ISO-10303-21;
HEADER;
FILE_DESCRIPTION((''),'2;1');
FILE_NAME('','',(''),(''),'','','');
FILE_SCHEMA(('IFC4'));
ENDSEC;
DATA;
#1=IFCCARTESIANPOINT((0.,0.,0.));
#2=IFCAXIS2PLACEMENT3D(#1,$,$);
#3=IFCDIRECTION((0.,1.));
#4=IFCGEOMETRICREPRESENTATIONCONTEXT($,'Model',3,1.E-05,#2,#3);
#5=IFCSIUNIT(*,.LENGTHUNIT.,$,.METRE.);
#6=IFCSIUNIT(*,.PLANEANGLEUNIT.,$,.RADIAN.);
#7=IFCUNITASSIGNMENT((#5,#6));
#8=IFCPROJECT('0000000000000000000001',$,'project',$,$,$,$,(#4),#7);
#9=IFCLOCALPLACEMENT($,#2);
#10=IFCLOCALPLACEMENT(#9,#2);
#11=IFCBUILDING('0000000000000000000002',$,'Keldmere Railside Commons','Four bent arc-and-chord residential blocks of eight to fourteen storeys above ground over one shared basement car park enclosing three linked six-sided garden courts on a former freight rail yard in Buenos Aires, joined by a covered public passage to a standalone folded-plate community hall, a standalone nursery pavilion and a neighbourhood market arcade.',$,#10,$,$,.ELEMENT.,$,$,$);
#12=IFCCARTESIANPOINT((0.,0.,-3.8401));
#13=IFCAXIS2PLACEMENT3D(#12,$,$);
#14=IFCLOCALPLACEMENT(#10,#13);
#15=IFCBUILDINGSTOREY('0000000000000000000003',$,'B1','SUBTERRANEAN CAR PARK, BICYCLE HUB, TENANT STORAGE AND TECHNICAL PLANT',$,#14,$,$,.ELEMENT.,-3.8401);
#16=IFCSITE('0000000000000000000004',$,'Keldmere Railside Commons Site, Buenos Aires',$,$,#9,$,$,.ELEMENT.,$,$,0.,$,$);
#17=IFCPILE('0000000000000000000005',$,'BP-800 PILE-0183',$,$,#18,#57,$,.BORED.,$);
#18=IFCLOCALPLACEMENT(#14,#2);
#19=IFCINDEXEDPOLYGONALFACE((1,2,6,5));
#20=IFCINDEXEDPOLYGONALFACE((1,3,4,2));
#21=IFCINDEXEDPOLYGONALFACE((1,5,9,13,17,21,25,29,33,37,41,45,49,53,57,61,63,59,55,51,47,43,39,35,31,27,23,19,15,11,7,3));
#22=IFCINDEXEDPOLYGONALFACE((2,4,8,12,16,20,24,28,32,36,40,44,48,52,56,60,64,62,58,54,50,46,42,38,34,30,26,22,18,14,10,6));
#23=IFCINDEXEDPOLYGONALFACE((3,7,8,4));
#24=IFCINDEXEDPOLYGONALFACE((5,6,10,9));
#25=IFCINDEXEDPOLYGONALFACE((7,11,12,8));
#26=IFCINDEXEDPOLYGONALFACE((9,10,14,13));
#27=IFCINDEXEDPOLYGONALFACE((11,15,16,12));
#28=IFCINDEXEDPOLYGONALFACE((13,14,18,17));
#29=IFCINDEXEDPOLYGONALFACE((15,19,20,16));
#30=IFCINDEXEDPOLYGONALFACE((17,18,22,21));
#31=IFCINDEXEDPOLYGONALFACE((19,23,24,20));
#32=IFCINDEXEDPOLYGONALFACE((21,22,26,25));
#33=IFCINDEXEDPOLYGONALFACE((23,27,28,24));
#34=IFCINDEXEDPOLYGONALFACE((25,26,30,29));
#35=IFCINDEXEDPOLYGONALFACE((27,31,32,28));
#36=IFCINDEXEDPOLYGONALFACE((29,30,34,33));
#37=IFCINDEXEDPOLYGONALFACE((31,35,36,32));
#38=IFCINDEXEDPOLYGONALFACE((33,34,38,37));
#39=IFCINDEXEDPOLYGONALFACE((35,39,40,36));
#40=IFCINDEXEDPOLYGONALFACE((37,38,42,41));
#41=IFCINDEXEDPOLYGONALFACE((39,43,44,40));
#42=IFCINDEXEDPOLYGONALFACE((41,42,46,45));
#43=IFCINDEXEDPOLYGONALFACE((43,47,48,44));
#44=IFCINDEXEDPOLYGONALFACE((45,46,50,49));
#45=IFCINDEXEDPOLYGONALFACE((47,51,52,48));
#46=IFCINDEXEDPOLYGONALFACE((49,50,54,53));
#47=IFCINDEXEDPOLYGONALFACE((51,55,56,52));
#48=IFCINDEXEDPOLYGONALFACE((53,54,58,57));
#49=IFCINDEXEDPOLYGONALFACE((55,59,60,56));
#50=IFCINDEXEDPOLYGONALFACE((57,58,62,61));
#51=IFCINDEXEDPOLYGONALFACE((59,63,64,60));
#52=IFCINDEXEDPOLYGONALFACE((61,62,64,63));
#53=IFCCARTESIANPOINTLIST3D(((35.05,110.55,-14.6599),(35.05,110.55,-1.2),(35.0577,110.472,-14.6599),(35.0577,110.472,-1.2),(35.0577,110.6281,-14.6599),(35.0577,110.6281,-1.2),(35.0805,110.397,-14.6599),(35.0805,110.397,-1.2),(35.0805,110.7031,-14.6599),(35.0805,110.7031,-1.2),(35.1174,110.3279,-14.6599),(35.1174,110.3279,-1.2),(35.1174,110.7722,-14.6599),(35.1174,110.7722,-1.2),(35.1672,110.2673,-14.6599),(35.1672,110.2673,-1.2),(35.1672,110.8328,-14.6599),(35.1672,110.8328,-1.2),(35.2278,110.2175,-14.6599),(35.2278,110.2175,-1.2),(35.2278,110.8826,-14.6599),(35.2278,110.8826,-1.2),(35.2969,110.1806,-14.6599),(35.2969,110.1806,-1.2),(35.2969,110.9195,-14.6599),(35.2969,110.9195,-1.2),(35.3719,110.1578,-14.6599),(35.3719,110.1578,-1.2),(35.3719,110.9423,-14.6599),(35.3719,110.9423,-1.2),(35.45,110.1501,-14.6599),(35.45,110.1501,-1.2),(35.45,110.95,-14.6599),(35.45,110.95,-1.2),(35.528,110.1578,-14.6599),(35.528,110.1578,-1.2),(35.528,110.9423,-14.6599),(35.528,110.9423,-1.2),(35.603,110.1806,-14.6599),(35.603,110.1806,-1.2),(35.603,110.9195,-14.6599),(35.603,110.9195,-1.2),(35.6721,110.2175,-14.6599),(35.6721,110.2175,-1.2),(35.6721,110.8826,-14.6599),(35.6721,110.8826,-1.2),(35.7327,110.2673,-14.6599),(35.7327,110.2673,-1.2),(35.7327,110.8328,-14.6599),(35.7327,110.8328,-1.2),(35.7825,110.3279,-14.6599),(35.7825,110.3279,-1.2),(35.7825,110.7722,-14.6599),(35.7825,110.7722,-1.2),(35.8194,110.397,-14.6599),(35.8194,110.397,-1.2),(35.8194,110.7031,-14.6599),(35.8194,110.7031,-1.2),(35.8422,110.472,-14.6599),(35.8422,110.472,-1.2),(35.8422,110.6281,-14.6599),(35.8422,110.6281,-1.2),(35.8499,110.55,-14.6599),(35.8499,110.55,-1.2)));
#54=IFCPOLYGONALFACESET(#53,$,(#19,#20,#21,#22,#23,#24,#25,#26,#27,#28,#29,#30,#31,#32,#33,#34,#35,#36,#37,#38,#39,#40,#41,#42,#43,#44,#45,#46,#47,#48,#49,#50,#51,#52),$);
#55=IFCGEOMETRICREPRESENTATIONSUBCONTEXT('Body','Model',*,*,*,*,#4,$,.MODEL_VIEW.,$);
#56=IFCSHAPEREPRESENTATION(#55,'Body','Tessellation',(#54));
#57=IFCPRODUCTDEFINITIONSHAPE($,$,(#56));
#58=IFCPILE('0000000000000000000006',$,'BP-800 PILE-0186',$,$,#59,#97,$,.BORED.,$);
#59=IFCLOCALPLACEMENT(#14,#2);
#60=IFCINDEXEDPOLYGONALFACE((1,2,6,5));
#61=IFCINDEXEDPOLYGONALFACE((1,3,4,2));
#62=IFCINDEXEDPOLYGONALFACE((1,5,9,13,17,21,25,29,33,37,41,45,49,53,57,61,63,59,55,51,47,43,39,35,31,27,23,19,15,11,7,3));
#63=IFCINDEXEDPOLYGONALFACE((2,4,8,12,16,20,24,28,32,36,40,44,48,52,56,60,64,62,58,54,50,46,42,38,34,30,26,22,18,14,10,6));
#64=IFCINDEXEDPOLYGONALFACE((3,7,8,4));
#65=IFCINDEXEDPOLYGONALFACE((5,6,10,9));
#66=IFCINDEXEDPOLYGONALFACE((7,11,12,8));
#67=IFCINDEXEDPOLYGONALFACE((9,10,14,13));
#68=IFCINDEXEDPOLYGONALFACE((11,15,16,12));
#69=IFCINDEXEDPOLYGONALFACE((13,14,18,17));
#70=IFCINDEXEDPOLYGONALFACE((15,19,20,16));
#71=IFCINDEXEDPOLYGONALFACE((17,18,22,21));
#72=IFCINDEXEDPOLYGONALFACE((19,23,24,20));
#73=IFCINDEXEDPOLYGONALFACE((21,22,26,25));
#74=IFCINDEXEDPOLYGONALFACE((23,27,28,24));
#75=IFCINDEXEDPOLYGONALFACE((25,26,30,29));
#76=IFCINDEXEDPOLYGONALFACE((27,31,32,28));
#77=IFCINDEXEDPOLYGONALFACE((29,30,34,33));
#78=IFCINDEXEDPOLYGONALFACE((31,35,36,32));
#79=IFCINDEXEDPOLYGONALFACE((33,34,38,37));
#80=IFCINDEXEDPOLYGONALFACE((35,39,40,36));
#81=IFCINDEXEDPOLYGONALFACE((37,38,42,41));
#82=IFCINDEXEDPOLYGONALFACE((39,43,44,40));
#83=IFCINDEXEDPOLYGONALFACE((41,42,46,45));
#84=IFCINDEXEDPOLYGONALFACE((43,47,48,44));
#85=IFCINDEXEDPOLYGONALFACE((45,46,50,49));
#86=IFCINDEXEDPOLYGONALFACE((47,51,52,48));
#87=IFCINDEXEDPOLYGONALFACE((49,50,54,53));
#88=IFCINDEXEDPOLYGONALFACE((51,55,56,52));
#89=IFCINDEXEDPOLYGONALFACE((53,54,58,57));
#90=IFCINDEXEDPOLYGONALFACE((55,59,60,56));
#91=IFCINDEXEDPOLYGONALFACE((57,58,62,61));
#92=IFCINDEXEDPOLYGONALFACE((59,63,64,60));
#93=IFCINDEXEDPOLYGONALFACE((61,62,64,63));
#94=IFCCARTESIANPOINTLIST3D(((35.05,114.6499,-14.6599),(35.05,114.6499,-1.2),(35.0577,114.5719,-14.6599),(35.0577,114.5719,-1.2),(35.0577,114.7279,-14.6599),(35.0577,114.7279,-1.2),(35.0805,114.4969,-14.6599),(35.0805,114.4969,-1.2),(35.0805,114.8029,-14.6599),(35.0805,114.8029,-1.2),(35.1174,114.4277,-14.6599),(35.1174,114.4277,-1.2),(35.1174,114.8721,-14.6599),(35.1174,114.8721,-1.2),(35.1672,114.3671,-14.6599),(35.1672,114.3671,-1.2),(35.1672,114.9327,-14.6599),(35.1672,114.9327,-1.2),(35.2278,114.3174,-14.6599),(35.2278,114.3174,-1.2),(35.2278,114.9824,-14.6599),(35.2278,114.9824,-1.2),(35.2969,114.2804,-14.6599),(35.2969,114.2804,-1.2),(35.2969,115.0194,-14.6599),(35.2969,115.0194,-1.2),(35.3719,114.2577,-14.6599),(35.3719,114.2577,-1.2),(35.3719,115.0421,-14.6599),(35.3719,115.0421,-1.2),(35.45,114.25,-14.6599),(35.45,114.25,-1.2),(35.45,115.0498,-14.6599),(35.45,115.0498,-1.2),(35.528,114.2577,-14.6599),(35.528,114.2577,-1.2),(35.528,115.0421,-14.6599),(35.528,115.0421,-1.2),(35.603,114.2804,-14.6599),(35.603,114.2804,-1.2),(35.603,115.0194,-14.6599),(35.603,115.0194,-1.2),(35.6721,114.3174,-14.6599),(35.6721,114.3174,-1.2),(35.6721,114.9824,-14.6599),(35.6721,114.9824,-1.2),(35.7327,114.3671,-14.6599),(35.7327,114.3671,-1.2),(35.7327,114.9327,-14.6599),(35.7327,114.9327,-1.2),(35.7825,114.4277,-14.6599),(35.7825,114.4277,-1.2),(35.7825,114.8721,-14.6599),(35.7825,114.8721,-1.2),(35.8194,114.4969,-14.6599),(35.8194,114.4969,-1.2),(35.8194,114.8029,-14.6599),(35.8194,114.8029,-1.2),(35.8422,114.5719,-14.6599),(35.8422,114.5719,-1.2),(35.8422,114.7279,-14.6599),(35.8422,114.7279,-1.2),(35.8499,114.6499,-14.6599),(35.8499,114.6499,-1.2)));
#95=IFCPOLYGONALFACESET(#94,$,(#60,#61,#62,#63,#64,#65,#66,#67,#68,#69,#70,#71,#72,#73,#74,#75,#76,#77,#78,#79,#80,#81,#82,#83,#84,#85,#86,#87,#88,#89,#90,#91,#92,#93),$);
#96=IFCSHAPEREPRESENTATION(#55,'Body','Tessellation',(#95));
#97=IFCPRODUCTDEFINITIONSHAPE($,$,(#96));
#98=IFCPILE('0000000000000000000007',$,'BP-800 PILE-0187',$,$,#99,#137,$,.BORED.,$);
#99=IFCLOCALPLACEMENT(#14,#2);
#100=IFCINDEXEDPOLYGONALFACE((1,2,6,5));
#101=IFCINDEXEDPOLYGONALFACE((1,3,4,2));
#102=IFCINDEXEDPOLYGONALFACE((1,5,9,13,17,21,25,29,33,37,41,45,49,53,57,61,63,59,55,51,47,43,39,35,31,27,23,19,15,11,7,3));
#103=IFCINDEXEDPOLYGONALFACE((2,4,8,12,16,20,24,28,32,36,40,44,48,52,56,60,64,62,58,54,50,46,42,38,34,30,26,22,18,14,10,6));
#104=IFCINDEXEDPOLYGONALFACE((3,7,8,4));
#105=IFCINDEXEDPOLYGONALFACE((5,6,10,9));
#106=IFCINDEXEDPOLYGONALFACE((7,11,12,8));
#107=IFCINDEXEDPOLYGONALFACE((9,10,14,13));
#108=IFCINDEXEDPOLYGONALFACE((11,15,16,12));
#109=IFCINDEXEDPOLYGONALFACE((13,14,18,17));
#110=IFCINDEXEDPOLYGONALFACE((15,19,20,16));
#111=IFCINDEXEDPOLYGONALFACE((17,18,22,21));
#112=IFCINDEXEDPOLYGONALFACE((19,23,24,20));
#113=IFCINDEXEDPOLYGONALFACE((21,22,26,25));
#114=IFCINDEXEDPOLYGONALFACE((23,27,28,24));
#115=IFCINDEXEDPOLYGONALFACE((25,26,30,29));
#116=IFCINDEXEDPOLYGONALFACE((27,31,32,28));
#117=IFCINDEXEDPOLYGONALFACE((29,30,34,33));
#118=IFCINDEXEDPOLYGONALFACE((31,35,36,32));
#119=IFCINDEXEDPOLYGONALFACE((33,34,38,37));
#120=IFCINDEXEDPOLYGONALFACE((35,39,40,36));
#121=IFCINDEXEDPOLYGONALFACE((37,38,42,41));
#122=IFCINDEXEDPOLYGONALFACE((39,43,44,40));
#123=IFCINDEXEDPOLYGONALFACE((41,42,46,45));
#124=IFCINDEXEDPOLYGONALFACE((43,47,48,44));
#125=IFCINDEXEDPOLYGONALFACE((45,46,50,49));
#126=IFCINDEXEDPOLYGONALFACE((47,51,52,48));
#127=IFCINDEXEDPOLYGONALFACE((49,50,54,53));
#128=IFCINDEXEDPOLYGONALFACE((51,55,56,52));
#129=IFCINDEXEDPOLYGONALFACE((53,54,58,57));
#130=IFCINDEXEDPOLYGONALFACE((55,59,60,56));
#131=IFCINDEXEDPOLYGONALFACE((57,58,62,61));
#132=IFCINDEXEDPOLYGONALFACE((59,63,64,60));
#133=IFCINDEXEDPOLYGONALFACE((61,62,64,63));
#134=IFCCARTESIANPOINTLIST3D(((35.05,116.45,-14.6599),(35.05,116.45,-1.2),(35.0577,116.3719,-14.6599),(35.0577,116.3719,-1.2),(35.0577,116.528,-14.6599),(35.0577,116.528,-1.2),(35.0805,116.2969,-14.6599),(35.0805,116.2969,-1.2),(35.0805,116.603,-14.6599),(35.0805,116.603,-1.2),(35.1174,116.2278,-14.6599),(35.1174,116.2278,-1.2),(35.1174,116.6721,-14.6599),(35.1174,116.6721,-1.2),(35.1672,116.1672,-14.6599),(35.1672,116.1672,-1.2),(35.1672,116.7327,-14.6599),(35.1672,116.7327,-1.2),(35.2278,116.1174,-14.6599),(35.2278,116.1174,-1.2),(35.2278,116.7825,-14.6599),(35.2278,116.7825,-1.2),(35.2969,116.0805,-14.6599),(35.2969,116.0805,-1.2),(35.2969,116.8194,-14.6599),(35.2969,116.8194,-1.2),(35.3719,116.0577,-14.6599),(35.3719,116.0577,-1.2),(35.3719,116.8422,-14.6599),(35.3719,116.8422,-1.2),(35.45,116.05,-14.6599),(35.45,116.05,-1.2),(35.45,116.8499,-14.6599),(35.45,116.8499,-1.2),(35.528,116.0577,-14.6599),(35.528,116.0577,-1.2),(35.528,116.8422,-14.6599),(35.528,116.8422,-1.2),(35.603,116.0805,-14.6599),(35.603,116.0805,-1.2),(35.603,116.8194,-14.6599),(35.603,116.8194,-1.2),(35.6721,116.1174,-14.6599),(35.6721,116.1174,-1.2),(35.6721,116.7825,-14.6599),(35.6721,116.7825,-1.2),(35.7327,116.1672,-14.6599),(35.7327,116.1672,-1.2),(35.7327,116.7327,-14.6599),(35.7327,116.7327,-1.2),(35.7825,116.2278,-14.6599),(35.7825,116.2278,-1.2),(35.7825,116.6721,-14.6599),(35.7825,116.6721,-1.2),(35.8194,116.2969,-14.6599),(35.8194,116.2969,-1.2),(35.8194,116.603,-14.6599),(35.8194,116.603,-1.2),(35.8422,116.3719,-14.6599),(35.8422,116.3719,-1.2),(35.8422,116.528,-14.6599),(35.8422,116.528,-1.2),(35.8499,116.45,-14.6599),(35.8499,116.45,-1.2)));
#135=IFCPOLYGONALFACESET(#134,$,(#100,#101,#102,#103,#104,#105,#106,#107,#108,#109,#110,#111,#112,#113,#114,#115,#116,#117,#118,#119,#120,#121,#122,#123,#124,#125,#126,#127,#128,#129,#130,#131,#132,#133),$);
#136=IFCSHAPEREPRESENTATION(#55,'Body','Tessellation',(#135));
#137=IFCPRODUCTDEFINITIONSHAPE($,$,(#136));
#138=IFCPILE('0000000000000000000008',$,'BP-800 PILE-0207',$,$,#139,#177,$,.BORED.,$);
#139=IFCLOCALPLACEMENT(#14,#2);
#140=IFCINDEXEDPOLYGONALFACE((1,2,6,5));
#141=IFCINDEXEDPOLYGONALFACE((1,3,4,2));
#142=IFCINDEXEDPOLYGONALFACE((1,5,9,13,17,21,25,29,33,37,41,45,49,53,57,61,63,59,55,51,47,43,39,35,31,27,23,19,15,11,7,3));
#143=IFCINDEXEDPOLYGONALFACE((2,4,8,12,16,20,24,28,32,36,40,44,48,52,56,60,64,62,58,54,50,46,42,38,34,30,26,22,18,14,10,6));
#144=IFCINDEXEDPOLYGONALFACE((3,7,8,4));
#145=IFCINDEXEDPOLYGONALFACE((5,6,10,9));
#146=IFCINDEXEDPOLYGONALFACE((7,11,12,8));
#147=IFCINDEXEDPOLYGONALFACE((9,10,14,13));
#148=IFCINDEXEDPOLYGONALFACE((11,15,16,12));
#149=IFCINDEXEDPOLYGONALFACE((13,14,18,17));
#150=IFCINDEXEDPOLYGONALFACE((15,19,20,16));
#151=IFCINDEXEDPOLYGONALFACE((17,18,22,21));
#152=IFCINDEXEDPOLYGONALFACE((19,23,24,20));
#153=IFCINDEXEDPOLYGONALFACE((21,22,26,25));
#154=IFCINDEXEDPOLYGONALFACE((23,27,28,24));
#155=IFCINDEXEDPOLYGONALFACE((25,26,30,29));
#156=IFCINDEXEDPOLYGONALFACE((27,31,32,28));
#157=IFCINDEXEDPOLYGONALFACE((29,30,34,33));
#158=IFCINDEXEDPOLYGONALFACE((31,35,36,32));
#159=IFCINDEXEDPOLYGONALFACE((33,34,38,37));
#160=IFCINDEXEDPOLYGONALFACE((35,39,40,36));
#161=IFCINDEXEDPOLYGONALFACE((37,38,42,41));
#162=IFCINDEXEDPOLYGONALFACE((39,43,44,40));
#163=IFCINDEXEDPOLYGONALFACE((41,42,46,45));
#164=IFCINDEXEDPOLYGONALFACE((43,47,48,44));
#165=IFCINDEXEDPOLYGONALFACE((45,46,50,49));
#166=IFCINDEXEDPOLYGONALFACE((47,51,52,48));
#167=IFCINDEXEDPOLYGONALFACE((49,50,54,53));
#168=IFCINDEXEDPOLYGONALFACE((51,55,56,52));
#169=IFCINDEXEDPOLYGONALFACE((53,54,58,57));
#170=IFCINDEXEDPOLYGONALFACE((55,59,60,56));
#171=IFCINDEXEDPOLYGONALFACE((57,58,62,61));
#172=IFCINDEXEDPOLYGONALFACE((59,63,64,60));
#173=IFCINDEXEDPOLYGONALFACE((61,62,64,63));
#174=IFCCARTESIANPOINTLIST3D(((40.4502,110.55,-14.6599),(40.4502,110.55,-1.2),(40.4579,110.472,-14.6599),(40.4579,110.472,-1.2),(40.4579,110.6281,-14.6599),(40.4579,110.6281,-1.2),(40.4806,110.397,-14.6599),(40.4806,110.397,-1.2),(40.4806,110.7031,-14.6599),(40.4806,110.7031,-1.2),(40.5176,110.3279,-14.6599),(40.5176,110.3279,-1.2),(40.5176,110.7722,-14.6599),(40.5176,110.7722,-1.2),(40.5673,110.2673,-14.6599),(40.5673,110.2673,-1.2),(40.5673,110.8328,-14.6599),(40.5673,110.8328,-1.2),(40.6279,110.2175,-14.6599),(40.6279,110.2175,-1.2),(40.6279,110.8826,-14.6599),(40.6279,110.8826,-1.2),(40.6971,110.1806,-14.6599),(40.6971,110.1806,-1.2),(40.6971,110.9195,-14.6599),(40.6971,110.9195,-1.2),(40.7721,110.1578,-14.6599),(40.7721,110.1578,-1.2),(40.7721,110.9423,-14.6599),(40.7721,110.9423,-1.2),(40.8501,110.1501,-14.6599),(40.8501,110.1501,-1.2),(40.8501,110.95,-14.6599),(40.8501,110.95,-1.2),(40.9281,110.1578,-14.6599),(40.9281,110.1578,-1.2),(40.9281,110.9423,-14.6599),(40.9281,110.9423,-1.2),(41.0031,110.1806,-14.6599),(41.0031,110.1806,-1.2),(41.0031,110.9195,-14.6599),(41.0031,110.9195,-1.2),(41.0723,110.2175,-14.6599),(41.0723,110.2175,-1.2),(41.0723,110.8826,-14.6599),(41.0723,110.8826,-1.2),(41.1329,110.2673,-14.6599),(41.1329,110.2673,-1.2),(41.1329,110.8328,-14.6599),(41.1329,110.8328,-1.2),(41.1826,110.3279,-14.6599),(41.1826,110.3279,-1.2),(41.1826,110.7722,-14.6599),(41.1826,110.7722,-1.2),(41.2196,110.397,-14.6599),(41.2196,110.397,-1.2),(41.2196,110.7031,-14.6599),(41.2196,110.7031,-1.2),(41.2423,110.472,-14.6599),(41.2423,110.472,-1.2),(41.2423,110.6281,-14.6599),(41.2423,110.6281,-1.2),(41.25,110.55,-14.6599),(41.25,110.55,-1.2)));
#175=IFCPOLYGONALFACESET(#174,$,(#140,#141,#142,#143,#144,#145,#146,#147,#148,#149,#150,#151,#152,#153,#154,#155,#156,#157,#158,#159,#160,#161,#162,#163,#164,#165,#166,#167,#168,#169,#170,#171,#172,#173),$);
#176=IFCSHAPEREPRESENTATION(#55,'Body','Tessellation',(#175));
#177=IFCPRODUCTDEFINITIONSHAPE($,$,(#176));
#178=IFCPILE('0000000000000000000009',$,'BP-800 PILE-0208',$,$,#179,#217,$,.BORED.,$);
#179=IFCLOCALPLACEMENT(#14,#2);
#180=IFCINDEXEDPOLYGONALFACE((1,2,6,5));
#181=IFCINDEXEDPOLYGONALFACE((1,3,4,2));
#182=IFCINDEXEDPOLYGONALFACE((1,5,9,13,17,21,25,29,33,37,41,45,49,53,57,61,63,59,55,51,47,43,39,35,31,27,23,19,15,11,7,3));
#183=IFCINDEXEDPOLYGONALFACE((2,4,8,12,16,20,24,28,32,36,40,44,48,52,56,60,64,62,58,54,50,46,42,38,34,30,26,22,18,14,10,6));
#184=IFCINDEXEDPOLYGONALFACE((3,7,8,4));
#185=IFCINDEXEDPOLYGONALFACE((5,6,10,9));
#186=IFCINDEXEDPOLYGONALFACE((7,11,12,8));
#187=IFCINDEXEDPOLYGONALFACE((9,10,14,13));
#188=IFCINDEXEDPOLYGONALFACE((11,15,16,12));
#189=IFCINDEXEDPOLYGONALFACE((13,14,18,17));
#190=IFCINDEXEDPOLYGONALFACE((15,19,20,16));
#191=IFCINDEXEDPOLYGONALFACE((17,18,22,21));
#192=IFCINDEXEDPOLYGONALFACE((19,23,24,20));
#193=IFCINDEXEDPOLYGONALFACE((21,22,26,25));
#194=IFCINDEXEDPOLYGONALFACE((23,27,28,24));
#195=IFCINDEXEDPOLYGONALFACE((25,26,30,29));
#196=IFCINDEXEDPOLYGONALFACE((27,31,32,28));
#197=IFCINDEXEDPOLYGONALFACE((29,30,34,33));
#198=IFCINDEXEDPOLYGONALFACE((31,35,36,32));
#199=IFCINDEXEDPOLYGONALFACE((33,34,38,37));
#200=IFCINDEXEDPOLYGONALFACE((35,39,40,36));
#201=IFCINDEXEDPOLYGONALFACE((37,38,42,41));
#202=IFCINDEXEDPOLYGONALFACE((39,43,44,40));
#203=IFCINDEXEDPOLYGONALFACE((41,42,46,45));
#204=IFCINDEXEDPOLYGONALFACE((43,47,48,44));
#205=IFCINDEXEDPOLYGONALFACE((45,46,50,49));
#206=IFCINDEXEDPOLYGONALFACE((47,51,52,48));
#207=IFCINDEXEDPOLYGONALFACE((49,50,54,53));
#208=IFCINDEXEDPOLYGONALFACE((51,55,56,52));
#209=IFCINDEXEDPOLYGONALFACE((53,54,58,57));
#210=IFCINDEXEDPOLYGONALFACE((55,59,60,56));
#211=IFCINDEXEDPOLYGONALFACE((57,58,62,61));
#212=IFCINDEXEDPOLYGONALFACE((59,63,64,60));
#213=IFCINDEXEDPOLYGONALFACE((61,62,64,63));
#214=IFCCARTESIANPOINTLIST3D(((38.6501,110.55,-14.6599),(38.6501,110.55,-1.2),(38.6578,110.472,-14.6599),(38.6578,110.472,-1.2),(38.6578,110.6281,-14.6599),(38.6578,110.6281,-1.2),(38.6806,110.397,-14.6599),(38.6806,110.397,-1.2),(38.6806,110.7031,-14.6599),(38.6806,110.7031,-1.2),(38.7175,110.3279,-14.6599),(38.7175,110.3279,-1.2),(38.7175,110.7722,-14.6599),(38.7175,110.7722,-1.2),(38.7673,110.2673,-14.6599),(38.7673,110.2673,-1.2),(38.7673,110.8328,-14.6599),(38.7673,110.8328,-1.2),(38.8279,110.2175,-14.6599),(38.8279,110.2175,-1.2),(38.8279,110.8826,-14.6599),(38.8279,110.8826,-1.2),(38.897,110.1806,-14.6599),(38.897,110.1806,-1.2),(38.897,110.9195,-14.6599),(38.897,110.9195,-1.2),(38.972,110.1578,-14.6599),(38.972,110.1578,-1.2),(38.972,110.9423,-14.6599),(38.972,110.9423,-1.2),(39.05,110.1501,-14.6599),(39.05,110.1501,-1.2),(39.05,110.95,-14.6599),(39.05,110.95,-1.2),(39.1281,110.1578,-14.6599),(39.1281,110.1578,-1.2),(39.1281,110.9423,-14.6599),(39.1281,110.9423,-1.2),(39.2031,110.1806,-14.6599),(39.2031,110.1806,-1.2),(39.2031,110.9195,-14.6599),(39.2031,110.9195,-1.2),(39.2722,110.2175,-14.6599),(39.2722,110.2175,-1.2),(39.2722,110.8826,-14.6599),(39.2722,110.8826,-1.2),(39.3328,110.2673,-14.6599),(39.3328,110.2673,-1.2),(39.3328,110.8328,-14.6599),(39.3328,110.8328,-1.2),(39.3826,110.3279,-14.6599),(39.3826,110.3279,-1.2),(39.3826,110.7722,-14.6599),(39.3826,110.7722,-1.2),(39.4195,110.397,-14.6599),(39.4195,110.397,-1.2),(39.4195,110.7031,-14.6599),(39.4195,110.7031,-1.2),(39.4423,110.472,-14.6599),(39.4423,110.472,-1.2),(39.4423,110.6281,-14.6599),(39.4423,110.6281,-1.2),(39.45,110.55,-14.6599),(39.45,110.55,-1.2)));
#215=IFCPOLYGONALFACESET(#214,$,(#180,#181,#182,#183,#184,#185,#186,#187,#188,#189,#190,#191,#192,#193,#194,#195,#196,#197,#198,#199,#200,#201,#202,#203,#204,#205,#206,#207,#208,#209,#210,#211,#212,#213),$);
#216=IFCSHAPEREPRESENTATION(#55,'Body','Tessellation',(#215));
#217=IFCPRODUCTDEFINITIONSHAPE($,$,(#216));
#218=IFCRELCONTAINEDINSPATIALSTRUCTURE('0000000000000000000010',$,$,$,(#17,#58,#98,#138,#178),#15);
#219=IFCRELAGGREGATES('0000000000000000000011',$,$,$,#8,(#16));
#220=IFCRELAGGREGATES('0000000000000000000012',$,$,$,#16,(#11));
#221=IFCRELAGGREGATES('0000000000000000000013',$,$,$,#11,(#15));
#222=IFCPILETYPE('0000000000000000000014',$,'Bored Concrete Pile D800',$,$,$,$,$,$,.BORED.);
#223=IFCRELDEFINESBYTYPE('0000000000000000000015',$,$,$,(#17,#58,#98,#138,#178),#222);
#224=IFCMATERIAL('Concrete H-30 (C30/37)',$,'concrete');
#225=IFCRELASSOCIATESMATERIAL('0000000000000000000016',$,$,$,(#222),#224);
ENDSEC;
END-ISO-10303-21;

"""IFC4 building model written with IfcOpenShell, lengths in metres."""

from ifc_helpers import new_model, si_unit, direction, frame, origin, origin_2d, place, context, subcontext, project, spatial, circle, extrude, material, material_profile, profile_set, type_object, element, save


model = new_model("IFC4")

# Units and contexts
model_context = context("Model", 3, precision=1e-05, world=origin(), true_north=direction((0.0, 1.0)))
body_context = subcontext(model_context, "Body", "Model", "MODEL_VIEW")
ifc_project = project(units=[si_unit("LENGTHUNIT", "METRE"), si_unit("PLANEANGLEUNIT", "RADIAN")], contexts=[model_context])

# Site, building, storey
site_placement = place(None, origin())
site = spatial("IfcSite", under=ifc_project, at=site_placement, Name="Keldmere Railside Commons Site, Buenos Aires", CompositionType="ELEMENT", RefElevation=0.0)
building_placement = place(site_placement, origin())
building = spatial("IfcBuilding", under=site, at=building_placement, Name="Keldmere Railside Commons", Description="Four bent arc-and-chord residential blocks of eight to fourteen storeys above ground over one shared basement car park enclosing three linked six-sided garden courts on a former freight rail yard in Buenos Aires, joined by a covered public passage to a standalone folded-plate community hall, a standalone nursery pavilion and a neighbourhood market arcade.", CompositionType="ELEMENT")
storey_placement = place(building_placement, frame((0.0, 0.0, -3.8401)))
storey = spatial("IfcBuildingStorey", under=building, at=storey_placement, Name="B1", Description="SUBTERRANEAN CAR PARK, BICYCLE HUB, TENANT STORAGE AND TECHNICAL PLANT", CompositionType="ELEMENT", Elevation=-3.8401)

# Piles
ifc_material_1 = material(Name="Concrete H-30 (C30/37)", Category="concrete")
ifc_material_profile_1 = material_profile(ifc_material_1, circle(Radius=0.3999, at=origin_2d()), Name="PILE-D800")
ifc_profile_set_1 = profile_set([ifc_material_profile_1], Name="Concrete H-30 (C30/37)")
pile_type = type_object("IfcPileType", Name="Bored Concrete Pile D800", PredefinedType="BORED", material=ifc_profile_set_1)
for number, where, z_axis, x_axis, name in (
    (1, (35.45, 110.55, -1.2), (0.0, 0.0, -1.0), (1.0, 0.0, 0.0), "BP-800 PILE-0183"),
    (2, (35.45, 114.6499, -1.2), (0.0, 0.0, -1.0), (1.0, 0.0, 0.0), "BP-800 PILE-0186"),
    (3, (35.45, 116.45, -1.2), (0.0, 0.0, -1.0), (1.0, 0.0, 0.0), "BP-800 PILE-0187"),
    (4, (40.8501, 110.55, -1.2), (0.0, 0.0, -1.0), (1.0, 0.0, 0.0), "BP-800 PILE-0207"),
    (5, (39.05, 110.55, -1.2), (0.0, 0.0, -1.0), (1.0, 0.0, 0.0), "BP-800 PILE-0208"),
):
    element("IfcPile", number, at=place(storey_placement, frame(where, z_axis=z_axis, x_axis=x_axis)), inside=storey, type_object=pile_type, Name=name, PredefinedType="BORED", context=body_context, shape_type="SweptSolid", body=[
        extrude(circle(Radius=0.3999, at=origin_2d()), origin(), (0.0, 0.0, 1.0), 13.46),
    ])

save(model, "model.ifc")
